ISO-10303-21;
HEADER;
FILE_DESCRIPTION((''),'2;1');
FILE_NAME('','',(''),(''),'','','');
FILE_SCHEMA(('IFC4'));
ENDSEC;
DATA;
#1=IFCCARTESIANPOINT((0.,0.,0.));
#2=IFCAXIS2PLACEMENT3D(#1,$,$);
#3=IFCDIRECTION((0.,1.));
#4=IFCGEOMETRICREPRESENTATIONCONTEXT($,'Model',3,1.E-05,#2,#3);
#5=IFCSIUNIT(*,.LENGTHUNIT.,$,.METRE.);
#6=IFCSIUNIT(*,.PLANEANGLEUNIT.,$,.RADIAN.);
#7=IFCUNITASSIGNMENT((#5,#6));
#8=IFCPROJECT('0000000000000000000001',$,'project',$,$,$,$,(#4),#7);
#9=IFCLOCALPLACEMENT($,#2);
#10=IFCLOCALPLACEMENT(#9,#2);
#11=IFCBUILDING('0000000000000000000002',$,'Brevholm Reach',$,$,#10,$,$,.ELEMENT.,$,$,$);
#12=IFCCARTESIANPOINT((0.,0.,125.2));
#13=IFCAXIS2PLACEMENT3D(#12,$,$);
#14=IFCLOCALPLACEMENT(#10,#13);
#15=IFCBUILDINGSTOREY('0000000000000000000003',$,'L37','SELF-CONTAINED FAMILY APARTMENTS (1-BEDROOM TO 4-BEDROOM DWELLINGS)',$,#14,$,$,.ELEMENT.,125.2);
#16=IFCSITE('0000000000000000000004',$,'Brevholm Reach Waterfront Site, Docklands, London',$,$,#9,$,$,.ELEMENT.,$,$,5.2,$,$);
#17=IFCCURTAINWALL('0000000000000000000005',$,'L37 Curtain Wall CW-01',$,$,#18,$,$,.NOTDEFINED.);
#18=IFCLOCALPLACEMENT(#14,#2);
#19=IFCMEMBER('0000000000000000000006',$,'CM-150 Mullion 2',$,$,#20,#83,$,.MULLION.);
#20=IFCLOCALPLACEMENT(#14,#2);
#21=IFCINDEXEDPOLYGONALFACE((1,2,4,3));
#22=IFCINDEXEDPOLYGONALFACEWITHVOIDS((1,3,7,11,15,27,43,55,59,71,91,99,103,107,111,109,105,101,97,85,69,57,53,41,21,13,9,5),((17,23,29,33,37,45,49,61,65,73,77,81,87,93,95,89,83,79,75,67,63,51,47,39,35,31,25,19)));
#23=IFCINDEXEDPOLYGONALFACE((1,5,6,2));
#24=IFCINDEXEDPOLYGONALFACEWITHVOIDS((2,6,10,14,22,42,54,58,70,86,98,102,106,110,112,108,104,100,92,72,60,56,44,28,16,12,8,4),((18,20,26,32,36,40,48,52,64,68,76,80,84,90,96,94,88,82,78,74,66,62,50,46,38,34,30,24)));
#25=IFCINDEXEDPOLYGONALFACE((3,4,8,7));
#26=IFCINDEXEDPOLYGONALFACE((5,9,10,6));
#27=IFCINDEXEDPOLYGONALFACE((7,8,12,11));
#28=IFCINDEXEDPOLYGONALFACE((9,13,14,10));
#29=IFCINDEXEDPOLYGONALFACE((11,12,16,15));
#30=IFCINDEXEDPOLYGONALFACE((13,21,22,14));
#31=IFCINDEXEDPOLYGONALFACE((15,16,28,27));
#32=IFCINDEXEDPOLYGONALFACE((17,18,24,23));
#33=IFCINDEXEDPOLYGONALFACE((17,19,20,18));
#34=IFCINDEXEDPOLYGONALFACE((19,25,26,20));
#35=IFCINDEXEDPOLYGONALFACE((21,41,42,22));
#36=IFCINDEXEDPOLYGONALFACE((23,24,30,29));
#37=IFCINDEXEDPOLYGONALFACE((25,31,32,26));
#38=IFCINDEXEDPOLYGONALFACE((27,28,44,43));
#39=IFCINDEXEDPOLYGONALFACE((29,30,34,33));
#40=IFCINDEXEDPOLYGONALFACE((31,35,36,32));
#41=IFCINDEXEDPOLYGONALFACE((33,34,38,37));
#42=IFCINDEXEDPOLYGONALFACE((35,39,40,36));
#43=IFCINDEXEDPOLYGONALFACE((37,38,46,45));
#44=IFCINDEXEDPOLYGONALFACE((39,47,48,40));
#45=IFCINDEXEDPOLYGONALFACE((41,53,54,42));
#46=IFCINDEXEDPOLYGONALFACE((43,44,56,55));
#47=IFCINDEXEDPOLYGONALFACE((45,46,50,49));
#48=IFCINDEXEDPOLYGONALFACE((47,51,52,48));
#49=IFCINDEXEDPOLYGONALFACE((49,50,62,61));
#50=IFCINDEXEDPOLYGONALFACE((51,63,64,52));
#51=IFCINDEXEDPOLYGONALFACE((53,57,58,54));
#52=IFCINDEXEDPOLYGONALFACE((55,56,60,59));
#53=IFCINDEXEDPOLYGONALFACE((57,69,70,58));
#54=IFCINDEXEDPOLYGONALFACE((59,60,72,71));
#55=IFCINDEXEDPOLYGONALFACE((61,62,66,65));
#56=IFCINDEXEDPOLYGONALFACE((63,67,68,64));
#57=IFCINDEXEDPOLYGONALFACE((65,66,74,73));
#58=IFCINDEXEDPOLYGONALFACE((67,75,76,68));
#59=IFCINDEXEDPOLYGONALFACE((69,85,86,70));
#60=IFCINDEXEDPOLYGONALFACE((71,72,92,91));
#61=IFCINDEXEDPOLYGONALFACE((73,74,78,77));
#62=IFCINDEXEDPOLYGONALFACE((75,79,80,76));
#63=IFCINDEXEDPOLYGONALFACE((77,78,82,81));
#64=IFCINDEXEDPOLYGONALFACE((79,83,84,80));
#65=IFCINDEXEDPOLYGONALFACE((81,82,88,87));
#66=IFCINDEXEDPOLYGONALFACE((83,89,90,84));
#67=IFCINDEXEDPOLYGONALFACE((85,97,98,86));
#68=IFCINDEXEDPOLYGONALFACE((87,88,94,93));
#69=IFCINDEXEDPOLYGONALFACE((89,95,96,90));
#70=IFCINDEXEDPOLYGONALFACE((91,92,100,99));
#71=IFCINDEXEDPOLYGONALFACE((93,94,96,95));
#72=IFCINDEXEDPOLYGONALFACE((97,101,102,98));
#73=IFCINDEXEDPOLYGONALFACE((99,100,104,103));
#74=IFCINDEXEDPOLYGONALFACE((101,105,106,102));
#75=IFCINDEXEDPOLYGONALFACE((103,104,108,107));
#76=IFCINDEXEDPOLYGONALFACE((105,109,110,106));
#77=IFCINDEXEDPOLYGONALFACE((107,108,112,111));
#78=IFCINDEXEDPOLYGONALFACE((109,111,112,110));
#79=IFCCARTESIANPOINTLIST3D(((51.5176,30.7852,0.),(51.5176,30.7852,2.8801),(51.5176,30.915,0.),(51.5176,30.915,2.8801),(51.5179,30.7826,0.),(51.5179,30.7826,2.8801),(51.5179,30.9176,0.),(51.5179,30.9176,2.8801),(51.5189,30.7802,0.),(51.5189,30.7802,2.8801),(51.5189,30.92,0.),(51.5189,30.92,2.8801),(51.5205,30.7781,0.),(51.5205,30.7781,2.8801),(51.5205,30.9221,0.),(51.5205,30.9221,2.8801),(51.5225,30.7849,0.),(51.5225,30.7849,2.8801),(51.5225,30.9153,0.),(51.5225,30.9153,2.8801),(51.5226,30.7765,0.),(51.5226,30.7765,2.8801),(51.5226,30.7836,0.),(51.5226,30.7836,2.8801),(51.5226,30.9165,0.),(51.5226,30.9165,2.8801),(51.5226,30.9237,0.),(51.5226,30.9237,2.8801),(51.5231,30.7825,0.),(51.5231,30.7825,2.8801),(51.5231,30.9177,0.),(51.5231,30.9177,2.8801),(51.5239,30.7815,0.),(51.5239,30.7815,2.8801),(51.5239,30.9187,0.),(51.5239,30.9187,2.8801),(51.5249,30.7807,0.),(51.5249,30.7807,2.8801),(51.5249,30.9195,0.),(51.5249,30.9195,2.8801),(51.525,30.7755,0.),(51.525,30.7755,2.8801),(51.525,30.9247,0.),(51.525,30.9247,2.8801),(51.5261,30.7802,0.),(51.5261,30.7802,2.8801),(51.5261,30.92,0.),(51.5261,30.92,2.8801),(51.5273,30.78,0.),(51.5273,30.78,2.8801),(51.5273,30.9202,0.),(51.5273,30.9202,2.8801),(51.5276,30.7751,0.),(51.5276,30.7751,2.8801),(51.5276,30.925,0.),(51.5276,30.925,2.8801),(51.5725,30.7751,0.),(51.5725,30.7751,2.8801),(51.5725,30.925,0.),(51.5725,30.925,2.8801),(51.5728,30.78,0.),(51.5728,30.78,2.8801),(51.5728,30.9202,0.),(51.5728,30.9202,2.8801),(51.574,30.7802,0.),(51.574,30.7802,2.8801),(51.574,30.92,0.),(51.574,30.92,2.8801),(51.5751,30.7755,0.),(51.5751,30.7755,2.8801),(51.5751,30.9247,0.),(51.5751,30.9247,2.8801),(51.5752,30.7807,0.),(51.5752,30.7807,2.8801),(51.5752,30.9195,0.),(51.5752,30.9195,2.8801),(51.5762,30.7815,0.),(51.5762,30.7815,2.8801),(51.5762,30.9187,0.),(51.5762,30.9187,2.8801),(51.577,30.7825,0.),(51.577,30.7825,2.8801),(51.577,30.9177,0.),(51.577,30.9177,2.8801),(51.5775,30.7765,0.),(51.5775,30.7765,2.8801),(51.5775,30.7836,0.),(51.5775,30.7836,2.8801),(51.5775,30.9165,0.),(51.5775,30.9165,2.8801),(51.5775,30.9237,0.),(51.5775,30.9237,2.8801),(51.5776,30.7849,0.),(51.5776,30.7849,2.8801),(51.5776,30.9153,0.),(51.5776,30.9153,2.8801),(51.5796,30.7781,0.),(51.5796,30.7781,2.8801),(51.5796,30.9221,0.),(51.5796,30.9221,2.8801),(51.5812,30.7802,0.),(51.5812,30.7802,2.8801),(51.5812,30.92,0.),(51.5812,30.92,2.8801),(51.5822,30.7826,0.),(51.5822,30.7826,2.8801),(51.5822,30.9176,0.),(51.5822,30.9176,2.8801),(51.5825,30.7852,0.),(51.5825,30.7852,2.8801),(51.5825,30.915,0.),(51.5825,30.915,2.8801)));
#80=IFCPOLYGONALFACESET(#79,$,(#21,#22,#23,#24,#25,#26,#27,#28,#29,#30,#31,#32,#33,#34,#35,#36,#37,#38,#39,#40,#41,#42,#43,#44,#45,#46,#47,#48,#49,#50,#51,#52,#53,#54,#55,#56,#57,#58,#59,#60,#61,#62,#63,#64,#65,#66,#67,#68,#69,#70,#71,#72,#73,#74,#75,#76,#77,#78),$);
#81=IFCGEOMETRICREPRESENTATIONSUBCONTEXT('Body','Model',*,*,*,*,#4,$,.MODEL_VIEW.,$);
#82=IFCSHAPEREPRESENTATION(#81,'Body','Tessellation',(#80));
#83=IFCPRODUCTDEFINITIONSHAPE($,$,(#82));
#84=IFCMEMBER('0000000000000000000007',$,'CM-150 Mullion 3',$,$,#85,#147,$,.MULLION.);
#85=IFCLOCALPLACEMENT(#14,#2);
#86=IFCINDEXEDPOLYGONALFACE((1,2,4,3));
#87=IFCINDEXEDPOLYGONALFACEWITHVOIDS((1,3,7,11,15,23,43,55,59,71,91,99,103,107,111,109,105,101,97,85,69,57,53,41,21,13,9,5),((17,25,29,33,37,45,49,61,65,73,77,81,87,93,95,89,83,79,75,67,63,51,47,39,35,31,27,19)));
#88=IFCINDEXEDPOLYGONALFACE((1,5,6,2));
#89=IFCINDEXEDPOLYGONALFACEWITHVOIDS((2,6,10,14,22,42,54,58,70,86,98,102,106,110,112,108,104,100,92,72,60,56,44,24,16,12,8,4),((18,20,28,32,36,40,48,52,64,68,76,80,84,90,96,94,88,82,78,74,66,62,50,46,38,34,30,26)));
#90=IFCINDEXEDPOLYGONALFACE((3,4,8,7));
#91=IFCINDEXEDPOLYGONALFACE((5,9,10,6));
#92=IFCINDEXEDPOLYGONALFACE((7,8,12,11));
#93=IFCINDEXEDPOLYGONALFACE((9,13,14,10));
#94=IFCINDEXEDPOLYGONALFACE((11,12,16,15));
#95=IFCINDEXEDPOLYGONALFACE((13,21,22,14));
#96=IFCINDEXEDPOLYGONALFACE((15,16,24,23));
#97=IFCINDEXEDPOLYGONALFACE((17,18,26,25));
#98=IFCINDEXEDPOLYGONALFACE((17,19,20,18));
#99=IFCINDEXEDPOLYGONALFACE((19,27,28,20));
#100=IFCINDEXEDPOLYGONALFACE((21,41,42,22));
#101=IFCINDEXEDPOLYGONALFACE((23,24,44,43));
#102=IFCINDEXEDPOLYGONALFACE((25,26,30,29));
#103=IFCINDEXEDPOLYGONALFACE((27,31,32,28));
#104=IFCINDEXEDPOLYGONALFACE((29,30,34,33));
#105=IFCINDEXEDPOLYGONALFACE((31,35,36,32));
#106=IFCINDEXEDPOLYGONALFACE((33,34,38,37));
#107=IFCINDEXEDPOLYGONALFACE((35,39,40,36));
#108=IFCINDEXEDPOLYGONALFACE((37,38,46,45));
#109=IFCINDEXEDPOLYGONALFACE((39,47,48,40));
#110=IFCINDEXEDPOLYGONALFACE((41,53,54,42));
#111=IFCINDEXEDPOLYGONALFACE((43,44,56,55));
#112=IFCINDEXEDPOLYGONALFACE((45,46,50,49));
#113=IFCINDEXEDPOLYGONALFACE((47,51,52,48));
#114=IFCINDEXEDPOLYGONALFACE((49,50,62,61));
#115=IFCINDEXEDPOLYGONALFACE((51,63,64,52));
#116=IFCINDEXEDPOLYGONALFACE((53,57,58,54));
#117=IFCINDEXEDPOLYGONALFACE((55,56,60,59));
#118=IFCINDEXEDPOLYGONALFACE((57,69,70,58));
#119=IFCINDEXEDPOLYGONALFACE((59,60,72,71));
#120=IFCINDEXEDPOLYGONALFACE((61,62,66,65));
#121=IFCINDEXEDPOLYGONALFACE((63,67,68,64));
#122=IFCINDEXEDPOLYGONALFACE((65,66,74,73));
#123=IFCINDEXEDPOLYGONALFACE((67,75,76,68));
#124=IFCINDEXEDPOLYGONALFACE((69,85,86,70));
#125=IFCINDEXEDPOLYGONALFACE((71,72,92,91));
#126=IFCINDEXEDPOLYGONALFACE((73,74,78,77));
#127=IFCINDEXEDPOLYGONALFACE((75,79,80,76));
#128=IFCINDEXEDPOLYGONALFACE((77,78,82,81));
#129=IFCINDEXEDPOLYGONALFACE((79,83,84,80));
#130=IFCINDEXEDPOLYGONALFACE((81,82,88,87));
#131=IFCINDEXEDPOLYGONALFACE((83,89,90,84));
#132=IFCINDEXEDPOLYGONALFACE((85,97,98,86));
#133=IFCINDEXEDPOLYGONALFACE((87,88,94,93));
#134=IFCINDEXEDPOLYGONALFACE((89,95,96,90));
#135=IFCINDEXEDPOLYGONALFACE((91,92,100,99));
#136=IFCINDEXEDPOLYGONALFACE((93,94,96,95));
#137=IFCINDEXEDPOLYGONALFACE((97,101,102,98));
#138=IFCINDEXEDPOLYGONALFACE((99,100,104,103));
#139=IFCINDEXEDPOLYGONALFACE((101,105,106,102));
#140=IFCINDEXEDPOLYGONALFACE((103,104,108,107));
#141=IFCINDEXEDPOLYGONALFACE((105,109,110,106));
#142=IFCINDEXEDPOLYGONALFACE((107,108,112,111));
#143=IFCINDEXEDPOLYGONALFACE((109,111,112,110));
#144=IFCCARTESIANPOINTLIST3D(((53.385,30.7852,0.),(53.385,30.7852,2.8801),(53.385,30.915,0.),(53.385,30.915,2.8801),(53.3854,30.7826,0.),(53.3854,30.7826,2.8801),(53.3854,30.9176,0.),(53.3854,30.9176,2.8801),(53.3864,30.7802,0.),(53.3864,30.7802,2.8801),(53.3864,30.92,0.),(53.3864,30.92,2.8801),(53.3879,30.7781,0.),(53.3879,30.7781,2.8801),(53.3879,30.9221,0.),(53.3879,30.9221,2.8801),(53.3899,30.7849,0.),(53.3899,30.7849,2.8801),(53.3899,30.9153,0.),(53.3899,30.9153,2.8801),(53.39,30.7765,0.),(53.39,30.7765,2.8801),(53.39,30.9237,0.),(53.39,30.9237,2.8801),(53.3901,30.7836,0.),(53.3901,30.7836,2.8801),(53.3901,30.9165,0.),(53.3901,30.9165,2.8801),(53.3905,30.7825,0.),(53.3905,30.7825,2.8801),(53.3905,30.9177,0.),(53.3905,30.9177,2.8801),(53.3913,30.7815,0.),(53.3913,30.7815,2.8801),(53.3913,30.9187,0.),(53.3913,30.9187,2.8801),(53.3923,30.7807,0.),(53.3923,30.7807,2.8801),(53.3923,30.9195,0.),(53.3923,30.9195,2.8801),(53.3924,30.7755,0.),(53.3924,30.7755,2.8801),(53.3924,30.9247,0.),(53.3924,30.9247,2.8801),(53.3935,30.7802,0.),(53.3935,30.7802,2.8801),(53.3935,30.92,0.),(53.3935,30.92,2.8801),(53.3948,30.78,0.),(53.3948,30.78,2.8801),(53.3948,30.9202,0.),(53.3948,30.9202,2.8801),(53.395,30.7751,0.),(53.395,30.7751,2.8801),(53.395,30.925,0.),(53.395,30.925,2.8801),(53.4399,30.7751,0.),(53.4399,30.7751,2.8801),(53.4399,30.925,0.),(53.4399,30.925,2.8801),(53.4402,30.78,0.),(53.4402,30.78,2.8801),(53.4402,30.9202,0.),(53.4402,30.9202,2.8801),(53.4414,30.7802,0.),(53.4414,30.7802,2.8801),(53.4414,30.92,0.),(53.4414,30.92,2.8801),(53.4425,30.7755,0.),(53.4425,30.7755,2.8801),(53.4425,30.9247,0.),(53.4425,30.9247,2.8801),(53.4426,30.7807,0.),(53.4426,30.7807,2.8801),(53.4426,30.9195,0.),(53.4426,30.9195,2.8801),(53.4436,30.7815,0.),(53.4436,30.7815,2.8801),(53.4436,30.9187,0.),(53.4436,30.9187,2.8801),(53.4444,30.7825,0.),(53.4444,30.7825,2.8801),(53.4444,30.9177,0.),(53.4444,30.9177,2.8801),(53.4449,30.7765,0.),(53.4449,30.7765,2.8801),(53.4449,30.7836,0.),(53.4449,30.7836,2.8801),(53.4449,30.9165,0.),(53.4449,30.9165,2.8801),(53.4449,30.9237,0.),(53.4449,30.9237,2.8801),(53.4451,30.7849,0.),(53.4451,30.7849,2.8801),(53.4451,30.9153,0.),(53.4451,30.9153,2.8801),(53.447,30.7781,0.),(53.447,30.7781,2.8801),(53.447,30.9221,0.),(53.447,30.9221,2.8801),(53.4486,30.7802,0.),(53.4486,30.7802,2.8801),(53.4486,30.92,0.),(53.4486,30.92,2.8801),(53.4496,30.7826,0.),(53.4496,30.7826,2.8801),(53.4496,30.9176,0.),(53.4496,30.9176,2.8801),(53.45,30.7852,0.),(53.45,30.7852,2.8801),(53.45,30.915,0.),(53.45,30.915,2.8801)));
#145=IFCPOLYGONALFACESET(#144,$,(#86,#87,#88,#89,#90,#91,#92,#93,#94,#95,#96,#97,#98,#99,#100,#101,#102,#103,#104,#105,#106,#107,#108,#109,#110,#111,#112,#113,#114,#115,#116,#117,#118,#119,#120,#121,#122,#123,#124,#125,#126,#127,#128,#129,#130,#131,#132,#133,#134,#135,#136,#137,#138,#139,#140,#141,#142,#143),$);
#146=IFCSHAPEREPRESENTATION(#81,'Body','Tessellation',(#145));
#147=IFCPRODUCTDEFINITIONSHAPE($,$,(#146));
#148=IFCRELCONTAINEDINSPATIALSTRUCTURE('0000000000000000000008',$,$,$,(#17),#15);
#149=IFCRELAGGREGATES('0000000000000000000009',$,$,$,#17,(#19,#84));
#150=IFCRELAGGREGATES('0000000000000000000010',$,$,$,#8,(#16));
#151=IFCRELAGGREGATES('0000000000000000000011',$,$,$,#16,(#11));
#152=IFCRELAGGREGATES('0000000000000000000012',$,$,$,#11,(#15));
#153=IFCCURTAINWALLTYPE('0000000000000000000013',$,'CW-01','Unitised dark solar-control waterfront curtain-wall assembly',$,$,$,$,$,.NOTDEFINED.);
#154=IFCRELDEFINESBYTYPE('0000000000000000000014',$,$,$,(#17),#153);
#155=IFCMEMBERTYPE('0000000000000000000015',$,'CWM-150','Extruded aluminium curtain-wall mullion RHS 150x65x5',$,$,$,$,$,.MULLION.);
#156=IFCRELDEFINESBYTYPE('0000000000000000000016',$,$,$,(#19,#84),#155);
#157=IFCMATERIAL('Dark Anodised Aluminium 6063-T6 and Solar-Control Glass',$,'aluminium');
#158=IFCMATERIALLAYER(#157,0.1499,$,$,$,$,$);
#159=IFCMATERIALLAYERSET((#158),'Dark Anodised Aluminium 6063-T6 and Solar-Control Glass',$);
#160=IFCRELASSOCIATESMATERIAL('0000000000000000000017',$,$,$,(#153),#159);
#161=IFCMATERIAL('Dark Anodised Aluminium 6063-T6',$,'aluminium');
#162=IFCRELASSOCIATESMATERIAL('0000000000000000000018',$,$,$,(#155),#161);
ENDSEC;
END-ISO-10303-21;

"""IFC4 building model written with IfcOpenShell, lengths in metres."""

from ifc_helpers import new_model, si_unit, direction, frame, origin, origin_2d, place, context, subcontext, project, spatial, hollow_rectangle, extrude, material, layer, layer_set, material_profile, profile_set, type_object, element, aggregate, save


model = new_model("IFC4")

# Units and contexts
model_context = context("Model", 3, precision=1e-05, world=origin(), true_north=direction((0.0, 1.0)))
body_context = subcontext(model_context, "Body", "Model", "MODEL_VIEW")
ifc_project = project(units=[si_unit("LENGTHUNIT", "METRE"), si_unit("PLANEANGLEUNIT", "RADIAN")], contexts=[model_context])

# Site, building, storey
site_placement = place(None, origin())
site = spatial("IfcSite", under=ifc_project, at=site_placement, Name="Brevholm Reach Waterfront Site, Docklands, London", CompositionType="ELEMENT", RefElevation=5.2)
building_placement = place(site_placement, origin())
building = spatial("IfcBuilding", under=site, at=building_placement, Name="Brevholm Reach", CompositionType="ELEMENT")
storey_placement = place(building_placement, frame((0.0, 0.0, 125.2)))
storey = spatial("IfcBuildingStorey", under=building, at=storey_placement, Name="L37", Description="SELF-CONTAINED FAMILY APARTMENTS (1-BEDROOM TO 4-BEDROOM DWELLINGS)", CompositionType="ELEMENT", Elevation=125.2)

# Curtain wall, members
ifc_material_1 = material(Name="Dark Anodised Aluminium 6063-T6 and Solar-Control Glass", Category="aluminium")
ifc_layer_1 = layer(ifc_material_1, 0.1499)
ifc_layer_set_1 = layer_set([ifc_layer_1], Name="Dark Anodised Aluminium 6063-T6 and Solar-Control Glass")
curtain_wall_type = type_object("IfcCurtainWallType", Name="CW-01", Description="Unitised dark solar-control waterfront curtain-wall assembly", PredefinedType="NOTDEFINED", material=ifc_layer_set_1)
curtain_wall_placement = place(storey_placement, origin())
curtain_wall = element("IfcCurtainWall", 1, at=curtain_wall_placement, inside=storey, type_object=curtain_wall_type, Name="L37 Curtain Wall CW-01", PredefinedType="NOTDEFINED")
ifc_material_2 = material(Name="Dark Anodised Aluminium 6063-T6", Category="aluminium")
ifc_material_profile_1 = material_profile(ifc_material_2, hollow_rectangle(XDim=0.0649, YDim=0.1499, WallThickness=0.0049, InnerFilletRadius=0.0049, OuterFilletRadius=0.01, at=origin_2d()), Name="RHS 150x65x5")
ifc_profile_set_1 = profile_set([ifc_material_profile_1], Name="Dark Anodised Aluminium 6063-T6")
member_type_1 = type_object("IfcMemberType", Name="CWM-150", Description="Extruded aluminium curtain-wall mullion RHS 150x65x5", PredefinedType="MULLION", material=ifc_profile_set_1)
member_1_placement = place(storey_placement, frame((51.55, 30.8501, 0.0), z_axis=(0.0, 0.0, 1.0), x_axis=(1.0, 0.0, 0.0)))
member_1 = element("IfcMember", 2, at=member_1_placement, type_object=member_type_1, Name="CM-150 Mullion 2", PredefinedType="MULLION", context=body_context, shape_type="SweptSolid", body=[
    extrude(hollow_rectangle(XDim=0.0649, YDim=0.1499, WallThickness=0.0049, InnerFilletRadius=0.0049, OuterFilletRadius=0.01, at=origin_2d()), origin(), (0.0, 0.0, 1.0), 2.8801),
])
member_2_placement = place(storey_placement, frame((53.4175, 30.8501, 0.0), z_axis=(0.0, 0.0, 1.0), x_axis=(1.0, 0.0, 0.0)))
member_2 = element("IfcMember", 3, at=member_2_placement, type_object=member_type_1, Name="CM-150 Mullion 3", PredefinedType="MULLION", context=body_context, shape_type="SweptSolid", body=[
    extrude(hollow_rectangle(XDim=0.0649, YDim=0.1499, WallThickness=0.0049, InnerFilletRadius=0.0049, OuterFilletRadius=0.01, at=origin_2d()), origin(), (0.0, 0.0, 1.0), 2.8801),
])
aggregate(curtain_wall, [member_1, member_2])

save(model, "model.ifc")
